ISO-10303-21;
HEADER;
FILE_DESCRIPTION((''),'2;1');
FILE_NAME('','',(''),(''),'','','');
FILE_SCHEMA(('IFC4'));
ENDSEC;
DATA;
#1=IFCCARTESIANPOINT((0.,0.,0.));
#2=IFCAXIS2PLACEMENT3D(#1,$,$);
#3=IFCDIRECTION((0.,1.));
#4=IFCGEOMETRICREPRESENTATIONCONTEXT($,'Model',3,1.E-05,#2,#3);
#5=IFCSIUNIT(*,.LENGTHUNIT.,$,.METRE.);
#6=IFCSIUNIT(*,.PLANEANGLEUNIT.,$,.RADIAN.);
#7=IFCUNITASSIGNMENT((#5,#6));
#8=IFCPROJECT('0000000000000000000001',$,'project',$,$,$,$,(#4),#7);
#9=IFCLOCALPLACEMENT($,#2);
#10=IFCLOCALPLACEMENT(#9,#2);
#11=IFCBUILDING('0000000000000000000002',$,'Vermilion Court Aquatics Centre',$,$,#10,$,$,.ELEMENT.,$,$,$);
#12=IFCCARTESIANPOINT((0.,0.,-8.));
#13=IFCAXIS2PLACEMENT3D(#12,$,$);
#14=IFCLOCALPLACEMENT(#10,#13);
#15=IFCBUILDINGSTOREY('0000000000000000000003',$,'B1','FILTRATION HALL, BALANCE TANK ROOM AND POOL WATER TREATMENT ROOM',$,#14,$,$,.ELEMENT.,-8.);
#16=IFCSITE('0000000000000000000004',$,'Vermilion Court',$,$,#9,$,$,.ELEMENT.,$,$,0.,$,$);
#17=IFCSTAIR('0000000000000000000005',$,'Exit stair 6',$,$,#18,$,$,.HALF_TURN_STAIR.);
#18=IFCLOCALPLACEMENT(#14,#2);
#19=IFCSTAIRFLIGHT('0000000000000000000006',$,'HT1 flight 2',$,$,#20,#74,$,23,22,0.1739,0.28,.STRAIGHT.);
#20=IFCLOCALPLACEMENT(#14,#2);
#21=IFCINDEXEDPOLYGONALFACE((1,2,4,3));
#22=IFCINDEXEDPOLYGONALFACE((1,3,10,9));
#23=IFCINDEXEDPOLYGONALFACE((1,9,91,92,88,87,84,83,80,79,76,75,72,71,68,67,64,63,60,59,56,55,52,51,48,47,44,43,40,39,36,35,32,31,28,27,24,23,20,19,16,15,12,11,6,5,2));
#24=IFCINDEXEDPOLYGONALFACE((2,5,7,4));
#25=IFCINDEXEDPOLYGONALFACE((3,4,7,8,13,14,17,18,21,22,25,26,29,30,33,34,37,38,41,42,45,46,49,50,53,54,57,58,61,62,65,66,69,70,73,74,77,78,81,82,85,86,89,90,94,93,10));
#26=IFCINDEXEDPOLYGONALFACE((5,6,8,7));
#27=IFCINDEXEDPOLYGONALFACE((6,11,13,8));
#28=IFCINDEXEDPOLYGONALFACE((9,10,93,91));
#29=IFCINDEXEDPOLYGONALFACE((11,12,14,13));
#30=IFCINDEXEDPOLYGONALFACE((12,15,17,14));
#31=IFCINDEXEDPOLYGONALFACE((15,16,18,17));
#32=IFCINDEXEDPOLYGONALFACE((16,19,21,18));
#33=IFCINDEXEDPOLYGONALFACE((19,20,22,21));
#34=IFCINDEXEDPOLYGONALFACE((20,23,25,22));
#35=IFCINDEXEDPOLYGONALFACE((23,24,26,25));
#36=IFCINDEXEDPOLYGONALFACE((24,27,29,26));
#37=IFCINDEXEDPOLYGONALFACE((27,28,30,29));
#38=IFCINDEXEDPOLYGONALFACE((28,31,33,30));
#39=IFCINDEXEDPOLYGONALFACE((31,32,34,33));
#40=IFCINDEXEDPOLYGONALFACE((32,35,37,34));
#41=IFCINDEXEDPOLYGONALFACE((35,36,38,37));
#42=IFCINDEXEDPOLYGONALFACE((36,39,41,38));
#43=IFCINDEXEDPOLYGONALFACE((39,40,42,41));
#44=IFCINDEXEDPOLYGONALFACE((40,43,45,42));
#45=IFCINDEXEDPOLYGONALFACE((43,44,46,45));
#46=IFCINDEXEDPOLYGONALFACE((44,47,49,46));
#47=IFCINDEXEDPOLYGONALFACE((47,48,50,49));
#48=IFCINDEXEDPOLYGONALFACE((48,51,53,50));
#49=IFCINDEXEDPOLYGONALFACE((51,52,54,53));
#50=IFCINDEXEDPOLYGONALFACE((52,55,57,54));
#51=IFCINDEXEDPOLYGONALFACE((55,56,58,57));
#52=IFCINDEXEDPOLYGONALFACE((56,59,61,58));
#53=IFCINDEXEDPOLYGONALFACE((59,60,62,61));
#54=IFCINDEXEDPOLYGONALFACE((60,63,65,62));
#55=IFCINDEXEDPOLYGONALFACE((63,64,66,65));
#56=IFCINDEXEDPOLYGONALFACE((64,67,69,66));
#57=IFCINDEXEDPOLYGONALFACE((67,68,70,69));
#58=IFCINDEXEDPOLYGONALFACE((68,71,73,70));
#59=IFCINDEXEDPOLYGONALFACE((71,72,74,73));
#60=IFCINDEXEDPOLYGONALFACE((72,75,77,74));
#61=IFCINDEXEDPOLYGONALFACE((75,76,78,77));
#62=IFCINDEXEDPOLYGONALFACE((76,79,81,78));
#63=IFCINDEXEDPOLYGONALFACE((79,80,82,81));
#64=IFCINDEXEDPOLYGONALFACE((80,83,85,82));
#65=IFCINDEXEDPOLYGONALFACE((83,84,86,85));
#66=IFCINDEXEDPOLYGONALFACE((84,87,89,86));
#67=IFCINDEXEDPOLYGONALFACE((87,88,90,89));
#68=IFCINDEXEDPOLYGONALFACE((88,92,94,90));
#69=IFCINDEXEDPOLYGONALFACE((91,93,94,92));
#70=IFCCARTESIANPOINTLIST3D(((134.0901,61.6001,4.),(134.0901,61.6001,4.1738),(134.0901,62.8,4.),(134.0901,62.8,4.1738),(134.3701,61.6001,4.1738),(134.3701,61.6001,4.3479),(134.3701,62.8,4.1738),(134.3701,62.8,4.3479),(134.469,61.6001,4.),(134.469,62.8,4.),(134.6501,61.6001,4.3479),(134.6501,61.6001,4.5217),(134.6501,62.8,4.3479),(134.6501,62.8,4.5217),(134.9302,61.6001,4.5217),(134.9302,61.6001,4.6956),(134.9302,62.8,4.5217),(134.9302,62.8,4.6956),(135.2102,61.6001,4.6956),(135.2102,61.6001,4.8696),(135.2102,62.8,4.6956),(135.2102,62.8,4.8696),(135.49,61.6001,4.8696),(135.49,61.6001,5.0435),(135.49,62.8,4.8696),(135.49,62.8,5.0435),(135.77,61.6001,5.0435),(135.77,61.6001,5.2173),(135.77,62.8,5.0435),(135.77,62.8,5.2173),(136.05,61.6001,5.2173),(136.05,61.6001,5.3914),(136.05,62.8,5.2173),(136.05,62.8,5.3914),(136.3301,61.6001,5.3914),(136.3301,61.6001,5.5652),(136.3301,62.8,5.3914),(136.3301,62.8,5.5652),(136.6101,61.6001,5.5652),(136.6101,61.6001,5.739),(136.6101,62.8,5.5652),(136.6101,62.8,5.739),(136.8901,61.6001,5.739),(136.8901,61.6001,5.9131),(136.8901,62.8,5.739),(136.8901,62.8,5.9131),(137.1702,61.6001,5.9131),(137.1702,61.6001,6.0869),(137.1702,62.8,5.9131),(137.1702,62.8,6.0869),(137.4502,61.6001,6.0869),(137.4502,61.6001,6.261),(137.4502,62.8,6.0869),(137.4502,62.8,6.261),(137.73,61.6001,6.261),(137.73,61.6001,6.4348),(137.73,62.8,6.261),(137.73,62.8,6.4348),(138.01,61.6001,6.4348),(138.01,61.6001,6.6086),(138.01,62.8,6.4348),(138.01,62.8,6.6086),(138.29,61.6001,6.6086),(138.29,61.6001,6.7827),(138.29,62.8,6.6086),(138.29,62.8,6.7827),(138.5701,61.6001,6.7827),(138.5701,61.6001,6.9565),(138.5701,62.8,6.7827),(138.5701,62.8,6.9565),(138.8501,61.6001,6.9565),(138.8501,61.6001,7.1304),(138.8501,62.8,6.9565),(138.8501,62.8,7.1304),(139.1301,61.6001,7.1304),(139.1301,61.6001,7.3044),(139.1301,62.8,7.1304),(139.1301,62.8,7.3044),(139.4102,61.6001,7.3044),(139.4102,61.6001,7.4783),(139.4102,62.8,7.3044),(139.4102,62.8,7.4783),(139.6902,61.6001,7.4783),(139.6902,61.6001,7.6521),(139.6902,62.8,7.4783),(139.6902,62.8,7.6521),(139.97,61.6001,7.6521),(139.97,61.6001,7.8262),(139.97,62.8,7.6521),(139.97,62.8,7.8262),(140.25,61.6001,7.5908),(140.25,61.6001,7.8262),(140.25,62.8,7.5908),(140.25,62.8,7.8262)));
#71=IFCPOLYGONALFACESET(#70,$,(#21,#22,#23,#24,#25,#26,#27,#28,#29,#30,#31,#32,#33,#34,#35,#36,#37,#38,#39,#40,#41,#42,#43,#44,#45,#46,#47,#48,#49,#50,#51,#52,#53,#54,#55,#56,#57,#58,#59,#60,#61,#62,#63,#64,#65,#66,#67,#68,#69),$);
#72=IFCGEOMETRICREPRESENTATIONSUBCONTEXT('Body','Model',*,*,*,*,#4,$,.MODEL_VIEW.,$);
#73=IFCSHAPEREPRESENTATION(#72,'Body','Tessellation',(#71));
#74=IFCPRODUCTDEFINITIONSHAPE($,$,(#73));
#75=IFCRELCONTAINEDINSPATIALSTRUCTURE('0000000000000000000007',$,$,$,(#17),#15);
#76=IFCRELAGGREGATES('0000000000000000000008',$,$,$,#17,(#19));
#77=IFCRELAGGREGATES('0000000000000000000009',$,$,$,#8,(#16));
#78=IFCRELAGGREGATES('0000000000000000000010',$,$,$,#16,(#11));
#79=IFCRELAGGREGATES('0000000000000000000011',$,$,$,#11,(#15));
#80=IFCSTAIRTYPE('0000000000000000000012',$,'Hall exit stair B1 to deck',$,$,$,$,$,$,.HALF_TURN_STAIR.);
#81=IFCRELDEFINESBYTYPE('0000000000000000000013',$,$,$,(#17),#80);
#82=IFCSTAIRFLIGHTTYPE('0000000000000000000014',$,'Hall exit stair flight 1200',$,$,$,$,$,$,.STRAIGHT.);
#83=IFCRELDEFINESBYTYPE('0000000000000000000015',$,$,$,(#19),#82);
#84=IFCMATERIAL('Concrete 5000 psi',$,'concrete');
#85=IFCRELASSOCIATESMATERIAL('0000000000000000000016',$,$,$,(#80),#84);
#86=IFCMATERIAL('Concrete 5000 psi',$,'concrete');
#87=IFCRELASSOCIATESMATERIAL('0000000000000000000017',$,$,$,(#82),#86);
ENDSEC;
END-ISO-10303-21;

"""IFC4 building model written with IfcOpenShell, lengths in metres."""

from ifc_helpers import new_model, si_unit, direction, frame, origin, place, context, subcontext, project, spatial, polyline, outline, extrude, material, type_object, element, aggregate, save


model = new_model("IFC4")

# Units and contexts
model_context = context("Model", 3, precision=1e-05, world=origin(), true_north=direction((0.0, 1.0)))
body_context = subcontext(model_context, "Body", "Model", "MODEL_VIEW")
ifc_project = project(units=[si_unit("LENGTHUNIT", "METRE"), si_unit("PLANEANGLEUNIT", "RADIAN")], contexts=[model_context])

# Site, building, storey
site_placement = place(None, origin())
site = spatial("IfcSite", under=ifc_project, at=site_placement, Name="Vermilion Court", CompositionType="ELEMENT", RefElevation=0.0)
building_placement = place(site_placement, origin())
building = spatial("IfcBuilding", under=site, at=building_placement, Name="Vermilion Court Aquatics Centre", CompositionType="ELEMENT")
storey_placement = place(building_placement, frame((0.0, 0.0, -8.0)))
storey = spatial("IfcBuildingStorey", under=building, at=storey_placement, Name="B1", Description="FILTRATION HALL, BALANCE TANK ROOM AND POOL WATER TREATMENT ROOM", CompositionType="ELEMENT", Elevation=-8.0)

# Shared definitions
ifc_material_1 = material(Name="Concrete 5000 psi", Category="concrete")
stair_type = type_object("IfcStairType", Name="Hall exit stair B1 to deck", PredefinedType="HALF_TURN_STAIR", material=ifc_material_1)
ifc_material_2 = material(Name="Concrete 5000 psi", Category="concrete")
stair_flight_type = type_object("IfcStairFlightType", Name="Hall exit stair flight 1200", PredefinedType="STRAIGHT", material=ifc_material_2)

# Stair, stair flight
stair_1_placement = place(storey_placement, origin())
stair_1 = element("IfcStair", 1, at=stair_1_placement, inside=storey, type_object=stair_type, Name="Exit stair 6", PredefinedType="HALF_TURN_STAIR")
stair_flight_1_placement = place(storey_placement, frame((134.0901, 62.2, 4.0), z_axis=(0.0, 0.0, 1.0), x_axis=(1.0, 0.0, 0.0)))
stair_flight_1 = element("IfcStairFlight", 2, at=stair_flight_1_placement, type_object=stair_flight_type, Name="HT1 flight 2", NumberOfRisers=23, NumberOfTreads=22, PredefinedType="STRAIGHT", RiserHeight=0.1739, TreadLength=0.28, context=body_context, shape_type="SweptSolid", body=[
    extrude(outline(polyline([(0.0, 0.0), (0.0, 0.1738), (0.28, 0.1738), (0.28, 0.3479), (0.5601, 0.3479), (0.5601, 0.5217), (0.8401, 0.5217), (0.8401, 0.6956), (1.1201, 0.6956), (1.1201, 0.8696), (1.3999, 0.8696), (1.3999, 1.0435), (1.6799, 1.0435), (1.6799, 1.2173), (1.96, 1.2173), (1.96, 1.3914), (2.24, 1.3914), (2.24, 1.5652), (2.52, 1.5652), (2.52, 1.739), (2.8, 1.739), (2.8, 1.9131), (3.0801, 1.9131), (3.0801, 2.0869), (3.3601, 2.0869), (3.3601, 2.261), (3.6399, 2.261), (3.6399, 2.4348), (3.9199, 2.4348), (3.9199, 2.6086), (4.2, 2.6086), (4.2, 2.7827), (4.48, 2.7827), (4.48, 2.9565), (4.76, 2.9565), (4.76, 3.1304), (5.04, 3.1304), (5.04, 3.3044), (5.3201, 3.3044), (5.3201, 3.4783), (5.6001, 3.4783), (5.6001, 3.6521), (5.8799, 3.6521), (5.8799, 3.8262), (6.1599, 3.8262), (6.1599, 4.0), (6.1599, 3.5908), (0.3789, 0.0), (0.0, 0.0)])), frame((0.0, 0.6001, 0.0), z_axis=(0.0, -1.0, 0.0), x_axis=(1.0, 0.0, 0.0)), (0.0, 0.0, 1.0), 1.2),
])
aggregate(stair_1, [stair_flight_1])

save(model, "model.ifc")
